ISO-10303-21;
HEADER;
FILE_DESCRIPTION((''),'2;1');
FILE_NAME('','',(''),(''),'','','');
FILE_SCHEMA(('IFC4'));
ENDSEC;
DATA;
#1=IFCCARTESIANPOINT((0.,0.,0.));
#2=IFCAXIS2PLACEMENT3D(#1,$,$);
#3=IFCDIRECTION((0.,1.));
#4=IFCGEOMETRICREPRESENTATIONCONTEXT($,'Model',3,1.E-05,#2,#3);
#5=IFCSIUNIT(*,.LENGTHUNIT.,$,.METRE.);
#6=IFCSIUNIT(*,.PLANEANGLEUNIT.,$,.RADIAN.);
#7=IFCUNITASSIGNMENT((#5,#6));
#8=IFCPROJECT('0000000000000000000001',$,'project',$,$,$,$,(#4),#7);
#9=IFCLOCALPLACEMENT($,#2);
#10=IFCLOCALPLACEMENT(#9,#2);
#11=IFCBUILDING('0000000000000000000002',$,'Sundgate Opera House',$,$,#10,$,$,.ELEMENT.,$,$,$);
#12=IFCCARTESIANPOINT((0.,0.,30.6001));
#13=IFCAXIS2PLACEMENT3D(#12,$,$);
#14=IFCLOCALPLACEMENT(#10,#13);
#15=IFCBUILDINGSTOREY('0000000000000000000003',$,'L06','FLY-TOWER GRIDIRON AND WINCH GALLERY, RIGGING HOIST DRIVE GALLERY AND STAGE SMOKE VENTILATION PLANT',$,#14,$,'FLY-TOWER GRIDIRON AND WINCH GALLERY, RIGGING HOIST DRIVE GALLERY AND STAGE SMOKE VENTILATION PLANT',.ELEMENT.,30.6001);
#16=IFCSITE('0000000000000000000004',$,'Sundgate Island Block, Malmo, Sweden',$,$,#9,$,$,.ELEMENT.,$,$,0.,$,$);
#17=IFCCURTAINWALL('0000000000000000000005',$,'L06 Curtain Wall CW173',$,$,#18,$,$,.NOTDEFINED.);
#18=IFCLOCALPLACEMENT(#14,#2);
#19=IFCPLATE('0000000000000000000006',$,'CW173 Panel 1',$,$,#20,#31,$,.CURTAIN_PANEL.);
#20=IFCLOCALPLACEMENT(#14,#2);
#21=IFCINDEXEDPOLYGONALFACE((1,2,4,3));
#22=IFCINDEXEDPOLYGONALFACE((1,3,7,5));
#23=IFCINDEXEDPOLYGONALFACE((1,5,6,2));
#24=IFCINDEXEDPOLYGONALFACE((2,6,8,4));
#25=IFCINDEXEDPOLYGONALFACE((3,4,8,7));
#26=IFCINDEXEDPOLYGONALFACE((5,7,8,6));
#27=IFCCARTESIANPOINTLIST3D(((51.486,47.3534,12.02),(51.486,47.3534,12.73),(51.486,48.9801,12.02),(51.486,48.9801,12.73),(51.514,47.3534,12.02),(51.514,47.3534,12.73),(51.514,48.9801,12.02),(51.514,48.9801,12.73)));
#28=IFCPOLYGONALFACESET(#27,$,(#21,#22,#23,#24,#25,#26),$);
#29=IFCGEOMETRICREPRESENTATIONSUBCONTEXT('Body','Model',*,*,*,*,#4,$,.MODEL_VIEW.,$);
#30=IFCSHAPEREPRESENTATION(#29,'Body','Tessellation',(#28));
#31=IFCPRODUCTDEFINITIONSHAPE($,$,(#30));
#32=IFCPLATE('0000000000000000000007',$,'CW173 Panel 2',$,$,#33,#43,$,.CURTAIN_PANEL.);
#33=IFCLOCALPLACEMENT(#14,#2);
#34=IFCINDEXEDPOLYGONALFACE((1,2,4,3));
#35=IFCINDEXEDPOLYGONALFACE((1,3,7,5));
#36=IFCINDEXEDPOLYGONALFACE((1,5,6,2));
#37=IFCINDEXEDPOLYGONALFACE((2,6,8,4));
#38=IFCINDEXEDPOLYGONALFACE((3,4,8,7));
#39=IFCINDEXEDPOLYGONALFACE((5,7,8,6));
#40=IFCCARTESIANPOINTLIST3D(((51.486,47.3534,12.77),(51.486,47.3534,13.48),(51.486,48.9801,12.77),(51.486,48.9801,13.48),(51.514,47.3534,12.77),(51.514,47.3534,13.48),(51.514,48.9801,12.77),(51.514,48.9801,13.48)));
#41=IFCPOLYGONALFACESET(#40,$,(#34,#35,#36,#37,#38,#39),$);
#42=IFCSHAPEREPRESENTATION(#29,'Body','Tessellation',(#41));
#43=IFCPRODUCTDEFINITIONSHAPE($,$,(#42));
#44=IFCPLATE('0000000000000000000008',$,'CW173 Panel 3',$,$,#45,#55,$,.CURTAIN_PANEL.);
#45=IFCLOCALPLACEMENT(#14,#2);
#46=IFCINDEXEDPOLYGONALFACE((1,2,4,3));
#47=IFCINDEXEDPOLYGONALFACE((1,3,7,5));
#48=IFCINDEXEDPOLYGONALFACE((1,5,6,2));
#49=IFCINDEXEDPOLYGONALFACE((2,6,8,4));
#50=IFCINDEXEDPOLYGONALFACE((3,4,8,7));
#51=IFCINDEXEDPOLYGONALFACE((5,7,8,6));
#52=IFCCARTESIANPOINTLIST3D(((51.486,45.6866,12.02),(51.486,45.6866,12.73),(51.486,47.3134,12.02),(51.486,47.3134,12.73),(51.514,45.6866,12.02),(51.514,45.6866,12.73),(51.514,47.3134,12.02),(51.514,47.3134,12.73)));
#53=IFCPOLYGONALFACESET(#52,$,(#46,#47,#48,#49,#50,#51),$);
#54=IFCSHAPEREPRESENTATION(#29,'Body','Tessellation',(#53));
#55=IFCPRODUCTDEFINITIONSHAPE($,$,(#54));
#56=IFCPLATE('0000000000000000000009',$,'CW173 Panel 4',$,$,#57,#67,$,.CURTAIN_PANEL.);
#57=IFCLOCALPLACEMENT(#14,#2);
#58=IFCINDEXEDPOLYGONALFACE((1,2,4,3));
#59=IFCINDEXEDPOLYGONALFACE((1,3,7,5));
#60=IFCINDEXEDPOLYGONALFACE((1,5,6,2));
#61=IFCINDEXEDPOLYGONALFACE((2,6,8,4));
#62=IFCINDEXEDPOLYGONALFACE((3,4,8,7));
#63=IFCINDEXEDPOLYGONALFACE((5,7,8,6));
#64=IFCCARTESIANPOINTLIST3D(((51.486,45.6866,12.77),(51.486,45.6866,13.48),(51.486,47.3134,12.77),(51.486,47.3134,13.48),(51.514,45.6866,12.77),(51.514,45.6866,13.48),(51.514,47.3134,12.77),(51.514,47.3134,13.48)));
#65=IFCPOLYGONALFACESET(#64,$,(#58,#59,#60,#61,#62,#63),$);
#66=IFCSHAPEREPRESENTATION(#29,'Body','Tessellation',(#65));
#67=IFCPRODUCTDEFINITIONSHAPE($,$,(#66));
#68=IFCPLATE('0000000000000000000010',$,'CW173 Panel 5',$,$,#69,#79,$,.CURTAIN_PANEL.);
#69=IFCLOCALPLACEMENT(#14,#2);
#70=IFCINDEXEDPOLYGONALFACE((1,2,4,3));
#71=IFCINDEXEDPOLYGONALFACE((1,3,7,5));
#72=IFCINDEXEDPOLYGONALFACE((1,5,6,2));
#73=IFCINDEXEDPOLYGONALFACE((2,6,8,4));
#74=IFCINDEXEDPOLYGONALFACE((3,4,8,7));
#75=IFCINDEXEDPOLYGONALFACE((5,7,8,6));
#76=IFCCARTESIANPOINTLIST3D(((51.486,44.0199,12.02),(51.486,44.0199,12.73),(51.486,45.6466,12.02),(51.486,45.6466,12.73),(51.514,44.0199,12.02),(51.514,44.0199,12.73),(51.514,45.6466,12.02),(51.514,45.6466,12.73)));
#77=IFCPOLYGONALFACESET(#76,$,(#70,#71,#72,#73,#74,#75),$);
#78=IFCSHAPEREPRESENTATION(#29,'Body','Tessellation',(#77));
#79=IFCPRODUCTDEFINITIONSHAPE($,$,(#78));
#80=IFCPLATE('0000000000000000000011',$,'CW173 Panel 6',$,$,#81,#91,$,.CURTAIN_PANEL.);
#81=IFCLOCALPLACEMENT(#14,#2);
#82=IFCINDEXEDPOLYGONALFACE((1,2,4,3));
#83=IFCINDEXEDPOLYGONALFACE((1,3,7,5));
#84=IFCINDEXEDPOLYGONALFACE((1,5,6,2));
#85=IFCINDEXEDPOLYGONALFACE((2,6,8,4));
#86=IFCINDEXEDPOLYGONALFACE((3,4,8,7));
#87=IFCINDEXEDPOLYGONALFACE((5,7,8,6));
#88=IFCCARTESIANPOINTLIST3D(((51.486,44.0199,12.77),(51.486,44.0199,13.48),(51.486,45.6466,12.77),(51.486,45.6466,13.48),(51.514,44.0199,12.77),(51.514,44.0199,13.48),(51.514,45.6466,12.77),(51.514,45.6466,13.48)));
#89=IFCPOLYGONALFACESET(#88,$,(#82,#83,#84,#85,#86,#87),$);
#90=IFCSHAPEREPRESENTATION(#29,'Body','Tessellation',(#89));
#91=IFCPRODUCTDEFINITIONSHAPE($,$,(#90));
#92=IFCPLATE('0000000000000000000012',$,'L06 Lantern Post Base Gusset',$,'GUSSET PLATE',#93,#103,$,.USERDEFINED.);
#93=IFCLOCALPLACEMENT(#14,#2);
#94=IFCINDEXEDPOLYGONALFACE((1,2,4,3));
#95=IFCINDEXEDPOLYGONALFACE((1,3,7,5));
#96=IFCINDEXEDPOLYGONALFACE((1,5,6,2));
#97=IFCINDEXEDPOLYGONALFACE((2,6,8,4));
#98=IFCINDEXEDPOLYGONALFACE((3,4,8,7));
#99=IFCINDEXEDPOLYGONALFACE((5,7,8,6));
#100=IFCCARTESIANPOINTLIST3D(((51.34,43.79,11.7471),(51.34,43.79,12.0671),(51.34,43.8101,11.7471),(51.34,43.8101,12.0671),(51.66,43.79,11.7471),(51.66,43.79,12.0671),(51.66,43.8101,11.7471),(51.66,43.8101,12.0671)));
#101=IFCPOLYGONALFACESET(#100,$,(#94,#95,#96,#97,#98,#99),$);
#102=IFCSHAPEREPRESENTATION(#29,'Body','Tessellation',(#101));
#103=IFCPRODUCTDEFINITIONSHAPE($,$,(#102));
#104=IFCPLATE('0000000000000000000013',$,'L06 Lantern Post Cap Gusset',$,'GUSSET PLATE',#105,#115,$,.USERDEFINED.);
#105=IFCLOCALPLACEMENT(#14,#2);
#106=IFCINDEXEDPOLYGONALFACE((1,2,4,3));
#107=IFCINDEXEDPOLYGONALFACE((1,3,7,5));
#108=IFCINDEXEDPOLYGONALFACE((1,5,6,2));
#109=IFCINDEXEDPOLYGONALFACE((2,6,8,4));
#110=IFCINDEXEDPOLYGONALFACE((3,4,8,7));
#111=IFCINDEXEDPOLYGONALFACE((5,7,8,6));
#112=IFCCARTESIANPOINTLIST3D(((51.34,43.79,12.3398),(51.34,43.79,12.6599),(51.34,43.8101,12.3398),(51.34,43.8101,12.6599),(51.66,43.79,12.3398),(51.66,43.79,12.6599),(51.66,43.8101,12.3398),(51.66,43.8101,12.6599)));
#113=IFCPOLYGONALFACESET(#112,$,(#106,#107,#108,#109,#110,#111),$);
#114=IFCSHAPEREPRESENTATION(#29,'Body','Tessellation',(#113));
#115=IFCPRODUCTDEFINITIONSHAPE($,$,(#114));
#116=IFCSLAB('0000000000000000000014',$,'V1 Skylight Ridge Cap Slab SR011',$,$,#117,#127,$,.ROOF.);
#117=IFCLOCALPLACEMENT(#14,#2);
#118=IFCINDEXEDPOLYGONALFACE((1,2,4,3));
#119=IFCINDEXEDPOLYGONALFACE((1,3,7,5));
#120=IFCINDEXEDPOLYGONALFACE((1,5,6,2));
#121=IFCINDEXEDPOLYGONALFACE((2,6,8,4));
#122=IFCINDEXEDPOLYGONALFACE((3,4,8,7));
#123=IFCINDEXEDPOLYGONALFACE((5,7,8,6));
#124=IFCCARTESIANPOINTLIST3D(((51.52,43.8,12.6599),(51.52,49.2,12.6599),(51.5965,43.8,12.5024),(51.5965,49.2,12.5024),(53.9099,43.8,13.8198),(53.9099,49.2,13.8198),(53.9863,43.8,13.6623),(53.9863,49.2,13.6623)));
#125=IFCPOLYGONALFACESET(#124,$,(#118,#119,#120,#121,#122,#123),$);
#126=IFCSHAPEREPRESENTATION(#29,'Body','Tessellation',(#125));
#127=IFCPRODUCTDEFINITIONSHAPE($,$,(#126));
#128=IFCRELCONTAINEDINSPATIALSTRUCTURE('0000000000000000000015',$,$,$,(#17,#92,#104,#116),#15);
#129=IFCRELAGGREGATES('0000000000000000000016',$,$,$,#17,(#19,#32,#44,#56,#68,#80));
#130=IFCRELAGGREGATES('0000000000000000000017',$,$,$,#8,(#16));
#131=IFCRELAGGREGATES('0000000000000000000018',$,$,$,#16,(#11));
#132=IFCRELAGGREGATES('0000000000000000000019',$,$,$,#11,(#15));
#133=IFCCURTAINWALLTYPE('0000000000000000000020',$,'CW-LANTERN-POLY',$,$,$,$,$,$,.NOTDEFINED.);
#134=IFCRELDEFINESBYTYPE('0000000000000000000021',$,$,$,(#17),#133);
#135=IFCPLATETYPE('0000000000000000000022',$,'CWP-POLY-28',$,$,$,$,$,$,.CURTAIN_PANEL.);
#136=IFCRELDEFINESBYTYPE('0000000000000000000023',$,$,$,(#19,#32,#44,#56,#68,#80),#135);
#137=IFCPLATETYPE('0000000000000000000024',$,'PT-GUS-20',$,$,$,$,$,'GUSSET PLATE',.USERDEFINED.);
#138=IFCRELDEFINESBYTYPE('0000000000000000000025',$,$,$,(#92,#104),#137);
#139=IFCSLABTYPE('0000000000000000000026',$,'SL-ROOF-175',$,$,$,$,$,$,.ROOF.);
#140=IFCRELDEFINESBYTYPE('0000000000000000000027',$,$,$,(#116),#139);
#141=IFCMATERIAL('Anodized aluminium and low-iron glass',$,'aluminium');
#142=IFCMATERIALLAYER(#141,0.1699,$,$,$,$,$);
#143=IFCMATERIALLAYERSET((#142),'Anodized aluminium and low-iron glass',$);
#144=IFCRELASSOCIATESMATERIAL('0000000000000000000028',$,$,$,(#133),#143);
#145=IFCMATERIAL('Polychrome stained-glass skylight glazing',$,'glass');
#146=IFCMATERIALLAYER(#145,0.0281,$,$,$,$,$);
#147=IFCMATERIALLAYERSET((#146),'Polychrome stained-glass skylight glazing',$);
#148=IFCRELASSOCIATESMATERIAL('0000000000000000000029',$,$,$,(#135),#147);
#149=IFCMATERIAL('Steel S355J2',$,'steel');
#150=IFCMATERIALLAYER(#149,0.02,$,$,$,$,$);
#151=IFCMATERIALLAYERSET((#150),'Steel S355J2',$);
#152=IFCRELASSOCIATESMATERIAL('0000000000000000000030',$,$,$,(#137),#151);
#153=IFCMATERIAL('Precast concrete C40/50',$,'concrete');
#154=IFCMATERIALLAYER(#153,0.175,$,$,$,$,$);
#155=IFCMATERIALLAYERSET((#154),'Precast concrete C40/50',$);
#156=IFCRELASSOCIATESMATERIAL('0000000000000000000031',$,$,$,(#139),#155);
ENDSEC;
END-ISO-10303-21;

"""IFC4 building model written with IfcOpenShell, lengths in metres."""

from ifc_helpers import new_model, si_unit, direction, frame, origin, origin_2d, place, context, subcontext, project, spatial, polyline, rectangle, outline, extrude, material, layer, layer_set, type_object, element, aggregate, save


model = new_model("IFC4")

# Units and contexts
model_context = context("Model", 3, precision=1e-05, world=origin(), true_north=direction((0.0, 1.0)))
body_context = subcontext(model_context, "Body", "Model", "MODEL_VIEW")
ifc_project = project(units=[si_unit("LENGTHUNIT", "METRE"), si_unit("PLANEANGLEUNIT", "RADIAN")], contexts=[model_context])

# Site, building, storey
site_placement = place(None, origin())
site = spatial("IfcSite", under=ifc_project, at=site_placement, Name="Sundgate Island Block, Malmo, Sweden", CompositionType="ELEMENT", RefElevation=0.0)
building_placement = place(site_placement, origin())
building = spatial("IfcBuilding", under=site, at=building_placement, Name="Sundgate Opera House", CompositionType="ELEMENT")
storey_placement = place(building_placement, frame((0.0, 0.0, 30.6001)))
storey = spatial("IfcBuildingStorey", under=building, at=storey_placement, Name="L06", Description="FLY-TOWER GRIDIRON AND WINCH GALLERY, RIGGING HOIST DRIVE GALLERY AND STAGE SMOKE VENTILATION PLANT", LongName="FLY-TOWER GRIDIRON AND WINCH GALLERY, RIGGING HOIST DRIVE GALLERY AND STAGE SMOKE VENTILATION PLANT", CompositionType="ELEMENT", Elevation=30.6001)

# Curtain wall
ifc_material_1 = material(Name="Anodized aluminium and low-iron glass", Category="aluminium")
ifc_layer_1 = layer(ifc_material_1, 0.1699)
ifc_layer_set_1 = layer_set([ifc_layer_1], Name="Anodized aluminium and low-iron glass")
curtain_wall_type = type_object("IfcCurtainWallType", Name="CW-LANTERN-POLY", PredefinedType="NOTDEFINED", material=ifc_layer_set_1)
curtain_wall_1_placement = place(storey_placement, origin())
curtain_wall_1 = element("IfcCurtainWall", 1, at=curtain_wall_1_placement, inside=storey, type_object=curtain_wall_type, Name="L06 Curtain Wall CW173", PredefinedType="NOTDEFINED")

# Plates
ifc_material_2 = material(Name="Polychrome stained-glass skylight glazing", Category="glass")
ifc_layer_2 = layer(ifc_material_2, 0.0281)
ifc_layer_set_2 = layer_set([ifc_layer_2], Name="Polychrome stained-glass skylight glazing")
plate_type_1 = type_object("IfcPlateType", Name="CWP-POLY-28", PredefinedType="CURTAIN_PANEL", material=ifc_layer_set_2)
plate_1_placement = place(storey_placement, frame((51.5, 48.1667, 12.02), z_axis=(0.0, 0.0, 1.0), x_axis=(0.0, -1.0, 0.0)))
plate_1 = element("IfcPlate", 2, at=plate_1_placement, type_object=plate_type_1, Name="CW173 Panel 1", PredefinedType="CURTAIN_PANEL", context=body_context, shape_type="SweptSolid", body=[
    extrude(rectangle(XDim=1.6267, YDim=0.0281, at=origin_2d()), origin(), (0.0, 0.0, 1.0), 0.71),
])
plate_2_placement = place(storey_placement, frame((51.5, 48.1667, 12.77), z_axis=(0.0, 0.0, 1.0), x_axis=(0.0, -1.0, 0.0)))
plate_2 = element("IfcPlate", 3, at=plate_2_placement, type_object=plate_type_1, Name="CW173 Panel 2", PredefinedType="CURTAIN_PANEL", context=body_context, shape_type="SweptSolid", body=[
    extrude(rectangle(XDim=1.6267, YDim=0.0281, at=origin_2d()), origin(), (0.0, 0.0, 1.0), 0.71),
])
plate_3_placement = place(storey_placement, frame((51.5, 46.5, 12.02), z_axis=(0.0, 0.0, 1.0), x_axis=(0.0, -1.0, 0.0)))
plate_3 = element("IfcPlate", 4, at=plate_3_placement, type_object=plate_type_1, Name="CW173 Panel 3", PredefinedType="CURTAIN_PANEL", context=body_context, shape_type="SweptSolid", body=[
    extrude(rectangle(XDim=1.6267, YDim=0.0281, at=origin_2d()), origin(), (0.0, 0.0, 1.0), 0.71),
])
plate_4_placement = place(storey_placement, frame((51.5, 46.5, 12.77), z_axis=(0.0, 0.0, 1.0), x_axis=(0.0, -1.0, 0.0)))
plate_4 = element("IfcPlate", 5, at=plate_4_placement, type_object=plate_type_1, Name="CW173 Panel 4", PredefinedType="CURTAIN_PANEL", context=body_context, shape_type="SweptSolid", body=[
    extrude(rectangle(XDim=1.6267, YDim=0.0281, at=origin_2d()), origin(), (0.0, 0.0, 1.0), 0.71),
])
plate_5_placement = place(storey_placement, frame((51.5, 44.8333, 12.02), z_axis=(0.0, 0.0, 1.0), x_axis=(0.0, -1.0, 0.0)))
plate_5 = element("IfcPlate", 6, at=plate_5_placement, type_object=plate_type_1, Name="CW173 Panel 5", PredefinedType="CURTAIN_PANEL", context=body_context, shape_type="SweptSolid", body=[
    extrude(rectangle(XDim=1.6267, YDim=0.0281, at=origin_2d()), origin(), (0.0, 0.0, 1.0), 0.71),
])
plate_6_placement = place(storey_placement, frame((51.5, 44.8333, 12.77), z_axis=(0.0, 0.0, 1.0), x_axis=(0.0, -1.0, 0.0)))
plate_6 = element("IfcPlate", 7, at=plate_6_placement, type_object=plate_type_1, Name="CW173 Panel 6", PredefinedType="CURTAIN_PANEL", context=body_context, shape_type="SweptSolid", body=[
    extrude(rectangle(XDim=1.6267, YDim=0.0281, at=origin_2d()), origin(), (0.0, 0.0, 1.0), 0.71),
])
aggregate(curtain_wall_1, [plate_1, plate_2, plate_3, plate_4, plate_5, plate_6])

# Plates
ifc_material_3 = material(Name="Steel S355J2", Category="steel")
ifc_layer_3 = layer(ifc_material_3, 0.02)
ifc_layer_set_3 = layer_set([ifc_layer_3], Name="Steel S355J2")
plate_type_2 = type_object("IfcPlateType", Name="PT-GUS-20", ElementType="GUSSET PLATE", PredefinedType="USERDEFINED", material=ifc_layer_set_3)
for number, where, z_axis, x_axis, name in (
    (8, (51.5, 43.8, 11.7471), (0.0, 0.0, 1.0), (1.0, 0.0, 0.0), "L06 Lantern Post Base Gusset"),
    (9, (51.5, 43.8, 12.3398), (0.0, 0.0, 1.0), (1.0, 0.0, 0.0), "L06 Lantern Post Cap Gusset"),
):
    element("IfcPlate", number, at=place(storey_placement, frame(where, z_axis=z_axis, x_axis=x_axis)), inside=storey, type_object=plate_type_2, Name=name, ObjectType="GUSSET PLATE", PredefinedType="USERDEFINED", context=body_context, shape_type="SweptSolid", body=[
        extrude(rectangle(XDim=0.3201, YDim=0.02, at=origin_2d()), origin(), (0.0, 0.0, 1.0), 0.3201),
    ])

# Slab
ifc_material_4 = material(Name="Precast concrete C40/50", Category="concrete")
ifc_layer_4 = layer(ifc_material_4, 0.175)
ifc_layer_set_4 = layer_set([ifc_layer_4], Name="Precast concrete C40/50")
slab_type = type_object("IfcSlabType", Name="SL-ROOF-175", PredefinedType="ROOF", material=ifc_layer_set_4)
slab_placement = place(storey_placement, frame((51.52, 43.8, 12.6599), z_axis=(-0.436632, 0.0, 0.89964), x_axis=(0.89964, 0.0, 0.436632)))
element("IfcSlab", 10, at=slab_placement, inside=storey, type_object=slab_type, Name="V1 Skylight Ridge Cap Slab SR011", PredefinedType="ROOF", context=body_context, shape_type="SweptSolid", body=[
    extrude(outline(polyline([(0.0, 0.0), (2.6565, 0.0), (2.6565, 5.3999), (0.0, 5.3999), (0.0, 0.0)])), origin(), (0.0, 0.0, -1.0), 0.175),
])

save(model, "model.ifc")
